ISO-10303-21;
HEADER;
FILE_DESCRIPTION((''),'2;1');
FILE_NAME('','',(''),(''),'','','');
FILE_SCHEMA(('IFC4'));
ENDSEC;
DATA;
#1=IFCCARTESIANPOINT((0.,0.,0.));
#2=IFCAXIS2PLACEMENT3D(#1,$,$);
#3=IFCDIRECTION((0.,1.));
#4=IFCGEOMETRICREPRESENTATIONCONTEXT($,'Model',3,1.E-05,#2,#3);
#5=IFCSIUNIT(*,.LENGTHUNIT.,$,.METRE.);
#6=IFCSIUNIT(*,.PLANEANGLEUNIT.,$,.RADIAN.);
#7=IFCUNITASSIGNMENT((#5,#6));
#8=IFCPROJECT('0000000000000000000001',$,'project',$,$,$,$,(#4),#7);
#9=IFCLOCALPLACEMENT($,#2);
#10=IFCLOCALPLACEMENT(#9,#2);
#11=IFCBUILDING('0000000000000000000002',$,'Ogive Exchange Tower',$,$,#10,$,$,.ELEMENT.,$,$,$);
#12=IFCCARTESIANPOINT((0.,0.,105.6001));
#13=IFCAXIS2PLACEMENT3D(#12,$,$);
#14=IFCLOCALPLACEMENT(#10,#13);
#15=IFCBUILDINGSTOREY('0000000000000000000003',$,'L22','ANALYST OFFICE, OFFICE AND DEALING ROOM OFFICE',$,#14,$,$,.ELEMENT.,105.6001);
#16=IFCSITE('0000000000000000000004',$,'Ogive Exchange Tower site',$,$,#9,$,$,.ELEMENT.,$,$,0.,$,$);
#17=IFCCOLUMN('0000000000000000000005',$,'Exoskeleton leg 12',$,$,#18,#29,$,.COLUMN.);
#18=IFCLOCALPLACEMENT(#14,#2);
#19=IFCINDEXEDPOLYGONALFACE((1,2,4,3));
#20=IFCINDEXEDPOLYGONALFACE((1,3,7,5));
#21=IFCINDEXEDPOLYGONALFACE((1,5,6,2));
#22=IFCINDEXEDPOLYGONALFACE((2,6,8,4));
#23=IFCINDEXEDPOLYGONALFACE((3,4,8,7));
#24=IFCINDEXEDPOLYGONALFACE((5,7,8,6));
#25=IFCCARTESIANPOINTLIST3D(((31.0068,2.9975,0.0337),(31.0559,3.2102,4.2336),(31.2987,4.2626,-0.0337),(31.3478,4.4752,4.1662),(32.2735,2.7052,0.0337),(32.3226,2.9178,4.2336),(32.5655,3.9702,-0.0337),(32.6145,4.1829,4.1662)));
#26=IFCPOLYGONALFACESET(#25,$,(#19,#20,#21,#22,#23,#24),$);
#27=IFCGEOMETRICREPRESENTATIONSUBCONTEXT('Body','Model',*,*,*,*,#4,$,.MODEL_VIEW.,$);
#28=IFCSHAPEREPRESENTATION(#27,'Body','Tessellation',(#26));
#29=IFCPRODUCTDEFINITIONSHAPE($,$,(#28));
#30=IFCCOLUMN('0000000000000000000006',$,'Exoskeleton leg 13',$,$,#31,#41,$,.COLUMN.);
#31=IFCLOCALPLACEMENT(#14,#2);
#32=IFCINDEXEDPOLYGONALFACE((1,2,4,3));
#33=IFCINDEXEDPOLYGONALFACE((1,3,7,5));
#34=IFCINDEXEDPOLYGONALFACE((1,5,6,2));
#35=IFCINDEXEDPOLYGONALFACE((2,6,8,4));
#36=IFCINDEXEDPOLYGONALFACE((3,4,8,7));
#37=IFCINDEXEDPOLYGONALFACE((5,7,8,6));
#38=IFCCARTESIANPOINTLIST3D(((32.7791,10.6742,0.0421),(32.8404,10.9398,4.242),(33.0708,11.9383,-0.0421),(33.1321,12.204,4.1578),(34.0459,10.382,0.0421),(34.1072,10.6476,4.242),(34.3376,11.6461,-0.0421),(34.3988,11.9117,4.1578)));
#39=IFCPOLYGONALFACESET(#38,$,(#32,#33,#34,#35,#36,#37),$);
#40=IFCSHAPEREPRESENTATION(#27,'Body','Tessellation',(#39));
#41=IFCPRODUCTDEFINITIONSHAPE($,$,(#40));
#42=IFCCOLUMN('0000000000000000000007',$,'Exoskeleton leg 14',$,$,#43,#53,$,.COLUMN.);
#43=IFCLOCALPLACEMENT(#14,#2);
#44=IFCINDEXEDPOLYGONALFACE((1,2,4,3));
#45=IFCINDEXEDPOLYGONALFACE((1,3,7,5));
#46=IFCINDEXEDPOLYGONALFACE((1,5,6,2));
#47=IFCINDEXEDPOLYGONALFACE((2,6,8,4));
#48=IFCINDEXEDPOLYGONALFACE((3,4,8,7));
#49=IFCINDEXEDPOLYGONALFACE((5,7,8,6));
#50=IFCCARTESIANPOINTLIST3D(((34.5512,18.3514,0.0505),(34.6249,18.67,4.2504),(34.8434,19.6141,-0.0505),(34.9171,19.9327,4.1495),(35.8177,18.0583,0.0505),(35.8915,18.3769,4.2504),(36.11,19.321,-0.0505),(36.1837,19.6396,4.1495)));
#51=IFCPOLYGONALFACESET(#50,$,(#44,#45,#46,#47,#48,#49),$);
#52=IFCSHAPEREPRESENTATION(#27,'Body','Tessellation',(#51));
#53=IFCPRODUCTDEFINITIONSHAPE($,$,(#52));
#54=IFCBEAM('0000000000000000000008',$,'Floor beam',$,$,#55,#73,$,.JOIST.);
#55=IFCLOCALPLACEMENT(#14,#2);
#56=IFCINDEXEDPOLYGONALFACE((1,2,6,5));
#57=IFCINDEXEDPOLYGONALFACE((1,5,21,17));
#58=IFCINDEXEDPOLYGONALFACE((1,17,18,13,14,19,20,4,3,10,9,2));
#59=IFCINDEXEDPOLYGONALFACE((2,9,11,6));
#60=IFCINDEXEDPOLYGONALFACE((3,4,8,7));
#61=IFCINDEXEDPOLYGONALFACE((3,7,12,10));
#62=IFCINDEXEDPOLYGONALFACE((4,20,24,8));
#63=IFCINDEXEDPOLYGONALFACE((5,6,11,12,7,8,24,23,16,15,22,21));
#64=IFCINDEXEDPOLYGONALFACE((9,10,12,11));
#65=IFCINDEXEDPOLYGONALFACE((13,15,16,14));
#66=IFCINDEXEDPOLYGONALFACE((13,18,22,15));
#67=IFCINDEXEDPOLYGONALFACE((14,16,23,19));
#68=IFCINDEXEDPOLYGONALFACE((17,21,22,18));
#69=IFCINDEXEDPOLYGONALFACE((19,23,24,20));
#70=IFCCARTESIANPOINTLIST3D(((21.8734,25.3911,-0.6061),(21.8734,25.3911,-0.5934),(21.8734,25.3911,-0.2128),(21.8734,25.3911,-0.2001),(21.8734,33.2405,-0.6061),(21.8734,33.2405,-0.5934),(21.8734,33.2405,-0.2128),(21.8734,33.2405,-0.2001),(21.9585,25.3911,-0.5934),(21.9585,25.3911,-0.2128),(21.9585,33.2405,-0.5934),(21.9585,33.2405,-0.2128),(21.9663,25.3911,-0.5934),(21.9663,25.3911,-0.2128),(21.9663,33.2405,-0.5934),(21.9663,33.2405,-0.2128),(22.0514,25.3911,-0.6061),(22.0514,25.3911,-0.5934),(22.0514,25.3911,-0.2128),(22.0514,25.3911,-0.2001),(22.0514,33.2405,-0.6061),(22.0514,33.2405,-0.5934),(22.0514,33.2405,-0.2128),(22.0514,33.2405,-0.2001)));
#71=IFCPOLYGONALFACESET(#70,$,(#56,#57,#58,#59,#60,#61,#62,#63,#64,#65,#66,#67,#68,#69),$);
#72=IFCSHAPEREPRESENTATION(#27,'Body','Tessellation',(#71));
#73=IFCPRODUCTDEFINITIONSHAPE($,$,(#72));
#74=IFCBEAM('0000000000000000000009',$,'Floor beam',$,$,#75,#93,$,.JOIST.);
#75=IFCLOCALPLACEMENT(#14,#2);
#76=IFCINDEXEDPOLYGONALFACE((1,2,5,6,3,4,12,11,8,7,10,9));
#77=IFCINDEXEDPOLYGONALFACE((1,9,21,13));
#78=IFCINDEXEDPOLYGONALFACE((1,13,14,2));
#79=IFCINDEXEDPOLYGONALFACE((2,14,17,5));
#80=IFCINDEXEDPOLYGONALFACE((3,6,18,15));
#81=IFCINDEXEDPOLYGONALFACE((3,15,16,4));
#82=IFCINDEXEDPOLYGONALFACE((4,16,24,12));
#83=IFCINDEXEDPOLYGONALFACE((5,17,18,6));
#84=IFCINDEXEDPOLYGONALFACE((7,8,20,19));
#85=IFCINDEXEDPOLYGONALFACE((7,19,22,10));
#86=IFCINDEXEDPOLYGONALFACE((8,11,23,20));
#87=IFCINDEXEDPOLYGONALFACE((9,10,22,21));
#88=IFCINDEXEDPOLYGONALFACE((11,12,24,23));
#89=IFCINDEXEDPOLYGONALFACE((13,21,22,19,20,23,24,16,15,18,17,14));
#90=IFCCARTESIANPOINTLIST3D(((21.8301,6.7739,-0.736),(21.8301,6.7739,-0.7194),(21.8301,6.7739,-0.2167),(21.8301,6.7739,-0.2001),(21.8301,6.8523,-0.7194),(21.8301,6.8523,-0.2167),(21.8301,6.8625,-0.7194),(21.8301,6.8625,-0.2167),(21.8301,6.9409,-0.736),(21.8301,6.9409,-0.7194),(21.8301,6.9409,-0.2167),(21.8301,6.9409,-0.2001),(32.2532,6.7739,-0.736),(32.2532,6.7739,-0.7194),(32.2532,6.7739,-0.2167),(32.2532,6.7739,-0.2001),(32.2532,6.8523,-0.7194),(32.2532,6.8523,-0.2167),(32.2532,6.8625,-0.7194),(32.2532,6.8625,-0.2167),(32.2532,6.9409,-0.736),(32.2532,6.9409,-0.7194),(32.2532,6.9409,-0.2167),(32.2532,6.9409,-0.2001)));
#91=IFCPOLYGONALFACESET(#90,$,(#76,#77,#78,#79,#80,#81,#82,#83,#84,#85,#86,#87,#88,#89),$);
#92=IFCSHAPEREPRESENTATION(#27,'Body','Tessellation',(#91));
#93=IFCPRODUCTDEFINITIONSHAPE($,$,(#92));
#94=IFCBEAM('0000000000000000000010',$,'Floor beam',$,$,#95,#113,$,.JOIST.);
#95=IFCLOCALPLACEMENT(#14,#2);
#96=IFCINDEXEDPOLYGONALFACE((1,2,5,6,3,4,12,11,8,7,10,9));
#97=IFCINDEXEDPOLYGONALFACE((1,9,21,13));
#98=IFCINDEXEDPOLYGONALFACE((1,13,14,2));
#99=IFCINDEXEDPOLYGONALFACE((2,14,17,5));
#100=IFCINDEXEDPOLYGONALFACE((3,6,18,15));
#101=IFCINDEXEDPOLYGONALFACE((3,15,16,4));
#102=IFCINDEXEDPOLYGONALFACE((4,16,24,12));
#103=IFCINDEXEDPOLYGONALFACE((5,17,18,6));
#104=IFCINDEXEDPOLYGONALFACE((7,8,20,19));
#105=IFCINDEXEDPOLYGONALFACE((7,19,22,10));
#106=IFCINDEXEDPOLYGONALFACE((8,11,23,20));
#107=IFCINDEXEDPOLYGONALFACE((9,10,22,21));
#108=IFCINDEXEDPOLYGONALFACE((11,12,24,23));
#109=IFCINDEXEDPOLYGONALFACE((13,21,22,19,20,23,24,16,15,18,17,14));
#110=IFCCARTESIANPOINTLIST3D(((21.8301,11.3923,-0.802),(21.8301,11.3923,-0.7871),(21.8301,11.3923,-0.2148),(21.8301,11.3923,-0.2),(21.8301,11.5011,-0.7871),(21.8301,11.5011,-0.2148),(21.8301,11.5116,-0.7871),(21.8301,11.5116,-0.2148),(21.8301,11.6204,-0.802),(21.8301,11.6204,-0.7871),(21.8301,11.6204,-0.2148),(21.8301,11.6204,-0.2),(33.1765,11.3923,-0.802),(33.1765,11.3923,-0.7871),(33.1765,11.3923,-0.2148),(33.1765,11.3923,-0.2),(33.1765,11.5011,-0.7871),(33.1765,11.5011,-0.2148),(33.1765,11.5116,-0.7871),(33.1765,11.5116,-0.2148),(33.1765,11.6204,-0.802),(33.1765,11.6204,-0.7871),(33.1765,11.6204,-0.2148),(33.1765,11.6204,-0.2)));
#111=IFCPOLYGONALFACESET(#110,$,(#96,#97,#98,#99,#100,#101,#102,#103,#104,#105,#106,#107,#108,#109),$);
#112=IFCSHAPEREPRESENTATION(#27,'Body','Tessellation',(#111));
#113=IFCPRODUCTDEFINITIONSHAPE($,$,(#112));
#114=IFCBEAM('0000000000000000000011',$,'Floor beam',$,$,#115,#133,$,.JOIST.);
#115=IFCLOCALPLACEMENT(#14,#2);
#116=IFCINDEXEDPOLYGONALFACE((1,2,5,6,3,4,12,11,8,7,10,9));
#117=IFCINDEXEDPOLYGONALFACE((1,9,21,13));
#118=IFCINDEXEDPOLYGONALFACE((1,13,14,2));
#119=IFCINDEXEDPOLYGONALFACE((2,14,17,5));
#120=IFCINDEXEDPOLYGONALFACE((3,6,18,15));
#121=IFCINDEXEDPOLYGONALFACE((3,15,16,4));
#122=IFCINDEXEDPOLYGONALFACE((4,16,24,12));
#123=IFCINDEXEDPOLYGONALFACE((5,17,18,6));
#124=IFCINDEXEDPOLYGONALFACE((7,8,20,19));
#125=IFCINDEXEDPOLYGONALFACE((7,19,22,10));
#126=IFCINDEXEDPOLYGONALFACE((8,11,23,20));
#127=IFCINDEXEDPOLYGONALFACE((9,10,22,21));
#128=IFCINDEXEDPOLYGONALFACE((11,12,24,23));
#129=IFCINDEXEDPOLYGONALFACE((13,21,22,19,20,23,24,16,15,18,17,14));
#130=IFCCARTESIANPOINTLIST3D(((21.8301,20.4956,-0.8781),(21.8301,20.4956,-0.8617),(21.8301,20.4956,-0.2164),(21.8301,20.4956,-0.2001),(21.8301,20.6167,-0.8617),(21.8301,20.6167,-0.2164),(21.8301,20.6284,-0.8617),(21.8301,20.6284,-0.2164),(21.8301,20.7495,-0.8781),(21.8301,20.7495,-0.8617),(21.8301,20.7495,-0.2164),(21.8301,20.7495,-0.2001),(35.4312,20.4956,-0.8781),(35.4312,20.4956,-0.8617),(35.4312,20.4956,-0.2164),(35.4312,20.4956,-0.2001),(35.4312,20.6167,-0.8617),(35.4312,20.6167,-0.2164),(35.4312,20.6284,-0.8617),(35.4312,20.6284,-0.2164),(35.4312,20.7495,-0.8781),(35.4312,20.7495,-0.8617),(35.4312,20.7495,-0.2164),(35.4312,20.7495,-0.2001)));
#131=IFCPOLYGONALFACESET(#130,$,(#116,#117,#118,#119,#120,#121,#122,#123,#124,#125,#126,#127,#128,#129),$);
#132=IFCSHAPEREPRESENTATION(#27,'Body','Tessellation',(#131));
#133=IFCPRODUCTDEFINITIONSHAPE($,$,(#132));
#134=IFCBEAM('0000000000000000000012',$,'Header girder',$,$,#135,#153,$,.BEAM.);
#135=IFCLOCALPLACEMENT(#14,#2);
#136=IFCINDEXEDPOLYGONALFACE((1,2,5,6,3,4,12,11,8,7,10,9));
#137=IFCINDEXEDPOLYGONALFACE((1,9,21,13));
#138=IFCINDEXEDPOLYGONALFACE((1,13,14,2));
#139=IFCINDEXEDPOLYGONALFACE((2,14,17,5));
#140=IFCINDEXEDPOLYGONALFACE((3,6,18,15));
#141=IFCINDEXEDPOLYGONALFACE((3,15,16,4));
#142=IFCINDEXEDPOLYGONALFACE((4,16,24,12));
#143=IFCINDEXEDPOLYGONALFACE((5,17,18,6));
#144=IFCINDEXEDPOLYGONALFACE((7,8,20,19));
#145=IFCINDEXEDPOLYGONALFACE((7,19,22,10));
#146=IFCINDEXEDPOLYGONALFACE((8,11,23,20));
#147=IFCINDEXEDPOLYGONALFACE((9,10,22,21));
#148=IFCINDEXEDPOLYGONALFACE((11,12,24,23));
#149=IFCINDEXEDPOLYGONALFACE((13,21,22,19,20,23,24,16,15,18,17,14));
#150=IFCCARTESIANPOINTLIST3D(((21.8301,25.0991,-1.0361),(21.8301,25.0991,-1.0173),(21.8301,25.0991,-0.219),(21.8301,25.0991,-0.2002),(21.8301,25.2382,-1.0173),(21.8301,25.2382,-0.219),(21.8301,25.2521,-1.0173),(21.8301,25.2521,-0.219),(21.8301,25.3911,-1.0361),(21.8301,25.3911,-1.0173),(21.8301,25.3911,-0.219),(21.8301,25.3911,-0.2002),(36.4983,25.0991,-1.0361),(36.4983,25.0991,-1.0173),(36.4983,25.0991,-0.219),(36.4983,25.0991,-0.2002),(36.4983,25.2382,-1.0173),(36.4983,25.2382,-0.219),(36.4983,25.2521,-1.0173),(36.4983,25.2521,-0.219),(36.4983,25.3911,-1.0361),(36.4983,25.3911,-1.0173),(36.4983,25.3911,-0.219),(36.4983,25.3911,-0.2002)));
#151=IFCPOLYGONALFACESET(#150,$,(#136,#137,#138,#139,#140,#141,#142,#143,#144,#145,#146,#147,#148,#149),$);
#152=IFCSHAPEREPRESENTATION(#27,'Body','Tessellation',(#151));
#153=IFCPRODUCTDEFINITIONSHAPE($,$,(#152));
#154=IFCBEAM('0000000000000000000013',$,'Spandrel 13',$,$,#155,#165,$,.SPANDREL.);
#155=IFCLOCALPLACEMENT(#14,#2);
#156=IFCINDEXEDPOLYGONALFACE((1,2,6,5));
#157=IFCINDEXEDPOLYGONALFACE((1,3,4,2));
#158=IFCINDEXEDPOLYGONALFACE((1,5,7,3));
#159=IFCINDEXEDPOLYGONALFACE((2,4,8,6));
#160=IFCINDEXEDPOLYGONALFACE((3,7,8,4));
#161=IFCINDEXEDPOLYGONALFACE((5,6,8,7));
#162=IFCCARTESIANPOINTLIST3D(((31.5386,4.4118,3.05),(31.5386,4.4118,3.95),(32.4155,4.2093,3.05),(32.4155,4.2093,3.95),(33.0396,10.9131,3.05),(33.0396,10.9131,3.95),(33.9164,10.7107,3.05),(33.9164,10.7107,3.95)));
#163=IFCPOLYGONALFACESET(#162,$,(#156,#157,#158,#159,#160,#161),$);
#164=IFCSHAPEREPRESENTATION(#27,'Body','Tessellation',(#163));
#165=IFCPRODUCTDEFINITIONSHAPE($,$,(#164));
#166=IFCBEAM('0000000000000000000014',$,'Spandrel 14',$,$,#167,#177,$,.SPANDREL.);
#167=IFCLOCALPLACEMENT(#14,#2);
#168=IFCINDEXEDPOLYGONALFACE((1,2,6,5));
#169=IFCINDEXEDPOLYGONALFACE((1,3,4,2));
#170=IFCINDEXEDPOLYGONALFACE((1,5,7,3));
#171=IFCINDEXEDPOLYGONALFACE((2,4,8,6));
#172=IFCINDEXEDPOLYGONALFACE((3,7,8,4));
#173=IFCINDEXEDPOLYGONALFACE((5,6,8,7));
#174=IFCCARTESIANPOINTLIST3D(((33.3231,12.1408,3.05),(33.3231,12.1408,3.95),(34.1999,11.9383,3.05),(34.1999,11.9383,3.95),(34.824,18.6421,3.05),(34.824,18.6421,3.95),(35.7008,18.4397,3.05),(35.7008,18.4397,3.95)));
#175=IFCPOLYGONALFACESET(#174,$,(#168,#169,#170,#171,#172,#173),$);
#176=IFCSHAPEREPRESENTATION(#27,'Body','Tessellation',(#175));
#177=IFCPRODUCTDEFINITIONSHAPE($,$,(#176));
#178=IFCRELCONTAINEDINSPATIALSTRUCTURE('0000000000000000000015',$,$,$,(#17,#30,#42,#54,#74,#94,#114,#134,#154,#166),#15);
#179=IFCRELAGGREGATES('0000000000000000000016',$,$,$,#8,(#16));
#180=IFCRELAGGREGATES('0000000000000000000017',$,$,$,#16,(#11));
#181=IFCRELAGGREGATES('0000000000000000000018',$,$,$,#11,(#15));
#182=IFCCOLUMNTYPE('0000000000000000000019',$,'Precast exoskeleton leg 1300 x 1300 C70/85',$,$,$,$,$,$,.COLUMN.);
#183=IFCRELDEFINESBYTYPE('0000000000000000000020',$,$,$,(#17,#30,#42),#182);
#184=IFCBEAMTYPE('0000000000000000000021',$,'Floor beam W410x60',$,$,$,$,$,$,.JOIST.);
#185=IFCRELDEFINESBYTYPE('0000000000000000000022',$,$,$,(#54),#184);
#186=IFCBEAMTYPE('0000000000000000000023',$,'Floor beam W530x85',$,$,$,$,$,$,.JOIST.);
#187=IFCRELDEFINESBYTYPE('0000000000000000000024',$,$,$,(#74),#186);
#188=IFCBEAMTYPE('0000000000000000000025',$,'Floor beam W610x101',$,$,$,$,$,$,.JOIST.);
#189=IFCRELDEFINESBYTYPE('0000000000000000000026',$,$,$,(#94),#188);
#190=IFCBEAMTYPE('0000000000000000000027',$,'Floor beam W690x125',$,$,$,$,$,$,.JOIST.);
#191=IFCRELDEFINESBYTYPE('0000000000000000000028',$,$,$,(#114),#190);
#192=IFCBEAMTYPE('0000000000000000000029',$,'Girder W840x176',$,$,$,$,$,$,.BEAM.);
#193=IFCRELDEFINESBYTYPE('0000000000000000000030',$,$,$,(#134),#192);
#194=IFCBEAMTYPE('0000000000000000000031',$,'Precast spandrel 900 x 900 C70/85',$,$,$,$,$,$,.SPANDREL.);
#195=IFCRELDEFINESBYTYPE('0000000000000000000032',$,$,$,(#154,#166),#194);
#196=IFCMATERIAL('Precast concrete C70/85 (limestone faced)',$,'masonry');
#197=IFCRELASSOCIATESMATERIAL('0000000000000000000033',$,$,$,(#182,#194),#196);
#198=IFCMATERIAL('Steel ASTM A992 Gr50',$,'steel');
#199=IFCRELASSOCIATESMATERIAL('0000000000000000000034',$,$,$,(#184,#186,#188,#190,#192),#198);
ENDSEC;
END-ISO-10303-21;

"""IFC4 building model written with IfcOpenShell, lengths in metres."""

from ifc_helpers import new_model, si_unit, direction, frame, origin, origin_2d, place, context, subcontext, project, spatial, rectangle, i_section, extrude, material, material_profile, profile_set, type_object, element, save


model = new_model("IFC4")

# Units and contexts
model_context = context("Model", 3, precision=1e-05, world=origin(), true_north=direction((0.0, 1.0)))
body_context = subcontext(model_context, "Body", "Model", "MODEL_VIEW")
ifc_project = project(units=[si_unit("LENGTHUNIT", "METRE"), si_unit("PLANEANGLEUNIT", "RADIAN")], contexts=[model_context])

# Site, building, storey
site_placement = place(None, origin())
site = spatial("IfcSite", under=ifc_project, at=site_placement, Name="Ogive Exchange Tower site", CompositionType="ELEMENT", RefElevation=0.0)
building_placement = place(site_placement, origin())
building = spatial("IfcBuilding", under=site, at=building_placement, Name="Ogive Exchange Tower", CompositionType="ELEMENT")
storey_placement = place(building_placement, frame((0.0, 0.0, 105.6001)))
storey = spatial("IfcBuildingStorey", under=building, at=storey_placement, Name="L22", Description="ANALYST OFFICE, OFFICE AND DEALING ROOM OFFICE", CompositionType="ELEMENT", Elevation=105.6001)

# Columns
ifc_material_1 = material(Name="Precast concrete C70/85 (limestone faced)", Category="masonry")
ifc_material_profile_1 = material_profile(ifc_material_1, rectangle(XDim=1.3, YDim=1.3, at=origin_2d()), Name="1300 x 1300")
ifc_profile_set_1 = profile_set([ifc_material_profile_1], Name="Precast concrete C70/85 (limestone faced)")
column_type = type_object("IfcColumnType", Name="Precast exoskeleton leg 1300 x 1300 C70/85", PredefinedType="COLUMN", material=ifc_profile_set_1)
column_1_placement = place(storey_placement, frame((31.7861, 3.4839, 0.0), z_axis=(0.011668, 0.050562, 0.998653), x_axis=(-0.974391, 0.22486, 0.0)))
element("IfcColumn", 1, at=column_1_placement, inside=storey, type_object=column_type, Name="Exoskeleton leg 12", PredefinedType="COLUMN", context=body_context, shape_type="SweptSolid", body=[
    extrude(rectangle(XDim=1.3, YDim=1.3, at=origin_2d()), origin(), (0.0, 0.0, 1.0), 4.2056),
])
column_2_placement = place(storey_placement, frame((33.5583, 11.1602, 0.0), z_axis=(0.01456, 0.063112, 0.9979), x_axis=(-0.974406, 0.224794, 0.0)))
element("IfcColumn", 2, at=column_2_placement, inside=storey, type_object=column_type, Name="Exoskeleton leg 13", PredefinedType="COLUMN", context=body_context, shape_type="SweptSolid", body=[
    extrude(rectangle(XDim=1.3, YDim=1.3, at=origin_2d()), origin(), (0.0, 0.0, 1.0), 4.2087),
])
column_3_placement = place(storey_placement, frame((35.3306, 18.8362, 0.0), z_axis=(0.017502, 0.07563, 0.996982), x_axis=(-0.974253, 0.225459, 0.0)))
element("IfcColumn", 3, at=column_3_placement, inside=storey, type_object=column_type, Name="Exoskeleton leg 14", PredefinedType="COLUMN", context=body_context, shape_type="SweptSolid", body=[
    extrude(rectangle(XDim=1.3, YDim=1.3, at=origin_2d()), origin(), (0.0, 0.0, 1.0), 4.2126),
])

# Beams
ifc_material_2 = material(Name="Steel ASTM A992 Gr50", Category="steel")
ifc_material_profile_2 = material_profile(ifc_material_2, i_section(OverallWidth=0.178, OverallDepth=0.406, WebThickness=0.0078, FlangeThickness=0.0127, at=origin_2d()), Name="W410x60")
ifc_profile_set_2 = profile_set([ifc_material_profile_2], Name="Steel ASTM A992 Gr50")
beam_type_1 = type_object("IfcBeamType", Name="Floor beam W410x60", PredefinedType="JOIST", material=ifc_profile_set_2)
beam_1_placement = place(storey_placement, frame((21.9624, 25.3911, -0.4031), z_axis=(0.0, 1.0, 0.0), x_axis=(-1.0, 0.0, 0.0)))
element("IfcBeam", 4, at=beam_1_placement, inside=storey, type_object=beam_type_1, Name="Floor beam", PredefinedType="JOIST", context=body_context, shape_type="SweptSolid", body=[
    extrude(i_section(OverallWidth=0.178, OverallDepth=0.406, WebThickness=0.0078, FlangeThickness=0.0127, at=origin_2d()), origin(), (0.0, 0.0, 1.0), 7.8494),
])
ifc_material_profile_3 = material_profile(ifc_material_2, i_section(OverallWidth=0.167, OverallDepth=0.5359, WebThickness=0.0103, FlangeThickness=0.0166, at=origin_2d()), Name="W530x85")
ifc_profile_set_3 = profile_set([ifc_material_profile_3], Name="Steel ASTM A992 Gr50")
beam_type_2 = type_object("IfcBeamType", Name="Floor beam W530x85", PredefinedType="JOIST", material=ifc_profile_set_3)
beam_2_placement = place(storey_placement, frame((21.8301, 6.8574, -0.468), z_axis=(1.0, 0.0, 0.0), x_axis=(0.0, 1.0, 0.0)))
element("IfcBeam", 5, at=beam_2_placement, inside=storey, type_object=beam_type_2, Name="Floor beam", PredefinedType="JOIST", context=body_context, shape_type="SweptSolid", body=[
    extrude(i_section(OverallWidth=0.167, OverallDepth=0.5359, WebThickness=0.0103, FlangeThickness=0.0166, at=origin_2d()), origin(), (0.0, 0.0, 1.0), 10.4231),
])
ifc_material_profile_4 = material_profile(ifc_material_2, i_section(OverallWidth=0.228, OverallDepth=0.6021, WebThickness=0.0105, FlangeThickness=0.0149, at=origin_2d()), Name="W610x101")
ifc_profile_set_4 = profile_set([ifc_material_profile_4], Name="Steel ASTM A992 Gr50")
beam_type_3 = type_object("IfcBeamType", Name="Floor beam W610x101", PredefinedType="JOIST", material=ifc_profile_set_4)
beam_3_placement = place(storey_placement, frame((21.8301, 11.5063, -0.501), z_axis=(1.0, 0.0, 0.0), x_axis=(0.0, 1.0, 0.0)))
element("IfcBeam", 6, at=beam_3_placement, inside=storey, type_object=beam_type_3, Name="Floor beam", PredefinedType="JOIST", context=body_context, shape_type="SweptSolid", body=[
    extrude(i_section(OverallWidth=0.228, OverallDepth=0.6021, WebThickness=0.0105, FlangeThickness=0.0149, at=origin_2d()), origin(), (0.0, 0.0, 1.0), 11.3464),
])
ifc_material_profile_5 = material_profile(ifc_material_2, i_section(OverallWidth=0.2539, OverallDepth=0.678, WebThickness=0.0117, FlangeThickness=0.0164, at=origin_2d()), Name="W690x125")
ifc_profile_set_5 = profile_set([ifc_material_profile_5], Name="Steel ASTM A992 Gr50")
beam_type_4 = type_object("IfcBeamType", Name="Floor beam W690x125", PredefinedType="JOIST", material=ifc_profile_set_5)
beam_4_placement = place(storey_placement, frame((21.8301, 20.6226, -0.5391), z_axis=(1.0, 0.0, 0.0), x_axis=(0.0, 1.0, 0.0)))
element("IfcBeam", 7, at=beam_4_placement, inside=storey, type_object=beam_type_4, Name="Floor beam", PredefinedType="JOIST", context=body_context, shape_type="SweptSolid", body=[
    extrude(i_section(OverallWidth=0.2539, OverallDepth=0.678, WebThickness=0.0117, FlangeThickness=0.0164, at=origin_2d()), origin(), (0.0, 0.0, 1.0), 13.6011),
])
ifc_material_profile_6 = material_profile(ifc_material_2, i_section(OverallWidth=0.292, OverallDepth=0.8359, WebThickness=0.0139, FlangeThickness=0.0188, at=origin_2d()), Name="W840x176")
ifc_profile_set_6 = profile_set([ifc_material_profile_6], Name="Steel ASTM A992 Gr50")
beam_type_5 = type_object("IfcBeamType", Name="Girder W840x176", PredefinedType="BEAM", material=ifc_profile_set_6)
beam_5_placement = place(storey_placement, frame((21.8301, 25.2451, -0.6182), z_axis=(1.0, 0.0, 0.0), x_axis=(0.0, 1.0, 0.0)))
element("IfcBeam", 8, at=beam_5_placement, inside=storey, type_object=beam_type_5, Name="Header girder", PredefinedType="BEAM", context=body_context, shape_type="SweptSolid", body=[
    extrude(i_section(OverallWidth=0.292, OverallDepth=0.8359, WebThickness=0.0139, FlangeThickness=0.0188, at=origin_2d()), origin(), (0.0, 0.0, 1.0), 14.6682),
])
ifc_material_profile_7 = material_profile(ifc_material_1, rectangle(XDim=0.8999, YDim=0.8999, at=origin_2d()), Name="900 x 900")
ifc_profile_set_7 = profile_set([ifc_material_profile_7], Name="Precast concrete C70/85 (limestone faced)")
beam_type_6 = type_object("IfcBeamType", Name="Precast spandrel 900 x 900 C70/85", PredefinedType="SPANDREL", material=ifc_profile_set_7)
for number, where, z_axis, x_axis, name in (
    (9, (31.9771, 4.3105, 3.5), (0.22495, 0.97437, 0.0), (-0.97437, 0.22495, 0.0), "Spandrel 13"),
    (10, (33.7615, 12.0396, 3.5), (0.22495, 0.97437, 0.0), (-0.97437, 0.22495, 0.0), "Spandrel 14"),
):
    element("IfcBeam", number, at=place(storey_placement, frame(where, z_axis=z_axis, x_axis=x_axis)), inside=storey, type_object=beam_type_6, Name=name, PredefinedType="SPANDREL", context=body_context, shape_type="SweptSolid", body=[
        extrude(rectangle(XDim=0.8999, YDim=0.8999, at=origin_2d()), origin(), (0.0, 0.0, 1.0), 6.6724),
    ])

save(model, "model.ifc")
